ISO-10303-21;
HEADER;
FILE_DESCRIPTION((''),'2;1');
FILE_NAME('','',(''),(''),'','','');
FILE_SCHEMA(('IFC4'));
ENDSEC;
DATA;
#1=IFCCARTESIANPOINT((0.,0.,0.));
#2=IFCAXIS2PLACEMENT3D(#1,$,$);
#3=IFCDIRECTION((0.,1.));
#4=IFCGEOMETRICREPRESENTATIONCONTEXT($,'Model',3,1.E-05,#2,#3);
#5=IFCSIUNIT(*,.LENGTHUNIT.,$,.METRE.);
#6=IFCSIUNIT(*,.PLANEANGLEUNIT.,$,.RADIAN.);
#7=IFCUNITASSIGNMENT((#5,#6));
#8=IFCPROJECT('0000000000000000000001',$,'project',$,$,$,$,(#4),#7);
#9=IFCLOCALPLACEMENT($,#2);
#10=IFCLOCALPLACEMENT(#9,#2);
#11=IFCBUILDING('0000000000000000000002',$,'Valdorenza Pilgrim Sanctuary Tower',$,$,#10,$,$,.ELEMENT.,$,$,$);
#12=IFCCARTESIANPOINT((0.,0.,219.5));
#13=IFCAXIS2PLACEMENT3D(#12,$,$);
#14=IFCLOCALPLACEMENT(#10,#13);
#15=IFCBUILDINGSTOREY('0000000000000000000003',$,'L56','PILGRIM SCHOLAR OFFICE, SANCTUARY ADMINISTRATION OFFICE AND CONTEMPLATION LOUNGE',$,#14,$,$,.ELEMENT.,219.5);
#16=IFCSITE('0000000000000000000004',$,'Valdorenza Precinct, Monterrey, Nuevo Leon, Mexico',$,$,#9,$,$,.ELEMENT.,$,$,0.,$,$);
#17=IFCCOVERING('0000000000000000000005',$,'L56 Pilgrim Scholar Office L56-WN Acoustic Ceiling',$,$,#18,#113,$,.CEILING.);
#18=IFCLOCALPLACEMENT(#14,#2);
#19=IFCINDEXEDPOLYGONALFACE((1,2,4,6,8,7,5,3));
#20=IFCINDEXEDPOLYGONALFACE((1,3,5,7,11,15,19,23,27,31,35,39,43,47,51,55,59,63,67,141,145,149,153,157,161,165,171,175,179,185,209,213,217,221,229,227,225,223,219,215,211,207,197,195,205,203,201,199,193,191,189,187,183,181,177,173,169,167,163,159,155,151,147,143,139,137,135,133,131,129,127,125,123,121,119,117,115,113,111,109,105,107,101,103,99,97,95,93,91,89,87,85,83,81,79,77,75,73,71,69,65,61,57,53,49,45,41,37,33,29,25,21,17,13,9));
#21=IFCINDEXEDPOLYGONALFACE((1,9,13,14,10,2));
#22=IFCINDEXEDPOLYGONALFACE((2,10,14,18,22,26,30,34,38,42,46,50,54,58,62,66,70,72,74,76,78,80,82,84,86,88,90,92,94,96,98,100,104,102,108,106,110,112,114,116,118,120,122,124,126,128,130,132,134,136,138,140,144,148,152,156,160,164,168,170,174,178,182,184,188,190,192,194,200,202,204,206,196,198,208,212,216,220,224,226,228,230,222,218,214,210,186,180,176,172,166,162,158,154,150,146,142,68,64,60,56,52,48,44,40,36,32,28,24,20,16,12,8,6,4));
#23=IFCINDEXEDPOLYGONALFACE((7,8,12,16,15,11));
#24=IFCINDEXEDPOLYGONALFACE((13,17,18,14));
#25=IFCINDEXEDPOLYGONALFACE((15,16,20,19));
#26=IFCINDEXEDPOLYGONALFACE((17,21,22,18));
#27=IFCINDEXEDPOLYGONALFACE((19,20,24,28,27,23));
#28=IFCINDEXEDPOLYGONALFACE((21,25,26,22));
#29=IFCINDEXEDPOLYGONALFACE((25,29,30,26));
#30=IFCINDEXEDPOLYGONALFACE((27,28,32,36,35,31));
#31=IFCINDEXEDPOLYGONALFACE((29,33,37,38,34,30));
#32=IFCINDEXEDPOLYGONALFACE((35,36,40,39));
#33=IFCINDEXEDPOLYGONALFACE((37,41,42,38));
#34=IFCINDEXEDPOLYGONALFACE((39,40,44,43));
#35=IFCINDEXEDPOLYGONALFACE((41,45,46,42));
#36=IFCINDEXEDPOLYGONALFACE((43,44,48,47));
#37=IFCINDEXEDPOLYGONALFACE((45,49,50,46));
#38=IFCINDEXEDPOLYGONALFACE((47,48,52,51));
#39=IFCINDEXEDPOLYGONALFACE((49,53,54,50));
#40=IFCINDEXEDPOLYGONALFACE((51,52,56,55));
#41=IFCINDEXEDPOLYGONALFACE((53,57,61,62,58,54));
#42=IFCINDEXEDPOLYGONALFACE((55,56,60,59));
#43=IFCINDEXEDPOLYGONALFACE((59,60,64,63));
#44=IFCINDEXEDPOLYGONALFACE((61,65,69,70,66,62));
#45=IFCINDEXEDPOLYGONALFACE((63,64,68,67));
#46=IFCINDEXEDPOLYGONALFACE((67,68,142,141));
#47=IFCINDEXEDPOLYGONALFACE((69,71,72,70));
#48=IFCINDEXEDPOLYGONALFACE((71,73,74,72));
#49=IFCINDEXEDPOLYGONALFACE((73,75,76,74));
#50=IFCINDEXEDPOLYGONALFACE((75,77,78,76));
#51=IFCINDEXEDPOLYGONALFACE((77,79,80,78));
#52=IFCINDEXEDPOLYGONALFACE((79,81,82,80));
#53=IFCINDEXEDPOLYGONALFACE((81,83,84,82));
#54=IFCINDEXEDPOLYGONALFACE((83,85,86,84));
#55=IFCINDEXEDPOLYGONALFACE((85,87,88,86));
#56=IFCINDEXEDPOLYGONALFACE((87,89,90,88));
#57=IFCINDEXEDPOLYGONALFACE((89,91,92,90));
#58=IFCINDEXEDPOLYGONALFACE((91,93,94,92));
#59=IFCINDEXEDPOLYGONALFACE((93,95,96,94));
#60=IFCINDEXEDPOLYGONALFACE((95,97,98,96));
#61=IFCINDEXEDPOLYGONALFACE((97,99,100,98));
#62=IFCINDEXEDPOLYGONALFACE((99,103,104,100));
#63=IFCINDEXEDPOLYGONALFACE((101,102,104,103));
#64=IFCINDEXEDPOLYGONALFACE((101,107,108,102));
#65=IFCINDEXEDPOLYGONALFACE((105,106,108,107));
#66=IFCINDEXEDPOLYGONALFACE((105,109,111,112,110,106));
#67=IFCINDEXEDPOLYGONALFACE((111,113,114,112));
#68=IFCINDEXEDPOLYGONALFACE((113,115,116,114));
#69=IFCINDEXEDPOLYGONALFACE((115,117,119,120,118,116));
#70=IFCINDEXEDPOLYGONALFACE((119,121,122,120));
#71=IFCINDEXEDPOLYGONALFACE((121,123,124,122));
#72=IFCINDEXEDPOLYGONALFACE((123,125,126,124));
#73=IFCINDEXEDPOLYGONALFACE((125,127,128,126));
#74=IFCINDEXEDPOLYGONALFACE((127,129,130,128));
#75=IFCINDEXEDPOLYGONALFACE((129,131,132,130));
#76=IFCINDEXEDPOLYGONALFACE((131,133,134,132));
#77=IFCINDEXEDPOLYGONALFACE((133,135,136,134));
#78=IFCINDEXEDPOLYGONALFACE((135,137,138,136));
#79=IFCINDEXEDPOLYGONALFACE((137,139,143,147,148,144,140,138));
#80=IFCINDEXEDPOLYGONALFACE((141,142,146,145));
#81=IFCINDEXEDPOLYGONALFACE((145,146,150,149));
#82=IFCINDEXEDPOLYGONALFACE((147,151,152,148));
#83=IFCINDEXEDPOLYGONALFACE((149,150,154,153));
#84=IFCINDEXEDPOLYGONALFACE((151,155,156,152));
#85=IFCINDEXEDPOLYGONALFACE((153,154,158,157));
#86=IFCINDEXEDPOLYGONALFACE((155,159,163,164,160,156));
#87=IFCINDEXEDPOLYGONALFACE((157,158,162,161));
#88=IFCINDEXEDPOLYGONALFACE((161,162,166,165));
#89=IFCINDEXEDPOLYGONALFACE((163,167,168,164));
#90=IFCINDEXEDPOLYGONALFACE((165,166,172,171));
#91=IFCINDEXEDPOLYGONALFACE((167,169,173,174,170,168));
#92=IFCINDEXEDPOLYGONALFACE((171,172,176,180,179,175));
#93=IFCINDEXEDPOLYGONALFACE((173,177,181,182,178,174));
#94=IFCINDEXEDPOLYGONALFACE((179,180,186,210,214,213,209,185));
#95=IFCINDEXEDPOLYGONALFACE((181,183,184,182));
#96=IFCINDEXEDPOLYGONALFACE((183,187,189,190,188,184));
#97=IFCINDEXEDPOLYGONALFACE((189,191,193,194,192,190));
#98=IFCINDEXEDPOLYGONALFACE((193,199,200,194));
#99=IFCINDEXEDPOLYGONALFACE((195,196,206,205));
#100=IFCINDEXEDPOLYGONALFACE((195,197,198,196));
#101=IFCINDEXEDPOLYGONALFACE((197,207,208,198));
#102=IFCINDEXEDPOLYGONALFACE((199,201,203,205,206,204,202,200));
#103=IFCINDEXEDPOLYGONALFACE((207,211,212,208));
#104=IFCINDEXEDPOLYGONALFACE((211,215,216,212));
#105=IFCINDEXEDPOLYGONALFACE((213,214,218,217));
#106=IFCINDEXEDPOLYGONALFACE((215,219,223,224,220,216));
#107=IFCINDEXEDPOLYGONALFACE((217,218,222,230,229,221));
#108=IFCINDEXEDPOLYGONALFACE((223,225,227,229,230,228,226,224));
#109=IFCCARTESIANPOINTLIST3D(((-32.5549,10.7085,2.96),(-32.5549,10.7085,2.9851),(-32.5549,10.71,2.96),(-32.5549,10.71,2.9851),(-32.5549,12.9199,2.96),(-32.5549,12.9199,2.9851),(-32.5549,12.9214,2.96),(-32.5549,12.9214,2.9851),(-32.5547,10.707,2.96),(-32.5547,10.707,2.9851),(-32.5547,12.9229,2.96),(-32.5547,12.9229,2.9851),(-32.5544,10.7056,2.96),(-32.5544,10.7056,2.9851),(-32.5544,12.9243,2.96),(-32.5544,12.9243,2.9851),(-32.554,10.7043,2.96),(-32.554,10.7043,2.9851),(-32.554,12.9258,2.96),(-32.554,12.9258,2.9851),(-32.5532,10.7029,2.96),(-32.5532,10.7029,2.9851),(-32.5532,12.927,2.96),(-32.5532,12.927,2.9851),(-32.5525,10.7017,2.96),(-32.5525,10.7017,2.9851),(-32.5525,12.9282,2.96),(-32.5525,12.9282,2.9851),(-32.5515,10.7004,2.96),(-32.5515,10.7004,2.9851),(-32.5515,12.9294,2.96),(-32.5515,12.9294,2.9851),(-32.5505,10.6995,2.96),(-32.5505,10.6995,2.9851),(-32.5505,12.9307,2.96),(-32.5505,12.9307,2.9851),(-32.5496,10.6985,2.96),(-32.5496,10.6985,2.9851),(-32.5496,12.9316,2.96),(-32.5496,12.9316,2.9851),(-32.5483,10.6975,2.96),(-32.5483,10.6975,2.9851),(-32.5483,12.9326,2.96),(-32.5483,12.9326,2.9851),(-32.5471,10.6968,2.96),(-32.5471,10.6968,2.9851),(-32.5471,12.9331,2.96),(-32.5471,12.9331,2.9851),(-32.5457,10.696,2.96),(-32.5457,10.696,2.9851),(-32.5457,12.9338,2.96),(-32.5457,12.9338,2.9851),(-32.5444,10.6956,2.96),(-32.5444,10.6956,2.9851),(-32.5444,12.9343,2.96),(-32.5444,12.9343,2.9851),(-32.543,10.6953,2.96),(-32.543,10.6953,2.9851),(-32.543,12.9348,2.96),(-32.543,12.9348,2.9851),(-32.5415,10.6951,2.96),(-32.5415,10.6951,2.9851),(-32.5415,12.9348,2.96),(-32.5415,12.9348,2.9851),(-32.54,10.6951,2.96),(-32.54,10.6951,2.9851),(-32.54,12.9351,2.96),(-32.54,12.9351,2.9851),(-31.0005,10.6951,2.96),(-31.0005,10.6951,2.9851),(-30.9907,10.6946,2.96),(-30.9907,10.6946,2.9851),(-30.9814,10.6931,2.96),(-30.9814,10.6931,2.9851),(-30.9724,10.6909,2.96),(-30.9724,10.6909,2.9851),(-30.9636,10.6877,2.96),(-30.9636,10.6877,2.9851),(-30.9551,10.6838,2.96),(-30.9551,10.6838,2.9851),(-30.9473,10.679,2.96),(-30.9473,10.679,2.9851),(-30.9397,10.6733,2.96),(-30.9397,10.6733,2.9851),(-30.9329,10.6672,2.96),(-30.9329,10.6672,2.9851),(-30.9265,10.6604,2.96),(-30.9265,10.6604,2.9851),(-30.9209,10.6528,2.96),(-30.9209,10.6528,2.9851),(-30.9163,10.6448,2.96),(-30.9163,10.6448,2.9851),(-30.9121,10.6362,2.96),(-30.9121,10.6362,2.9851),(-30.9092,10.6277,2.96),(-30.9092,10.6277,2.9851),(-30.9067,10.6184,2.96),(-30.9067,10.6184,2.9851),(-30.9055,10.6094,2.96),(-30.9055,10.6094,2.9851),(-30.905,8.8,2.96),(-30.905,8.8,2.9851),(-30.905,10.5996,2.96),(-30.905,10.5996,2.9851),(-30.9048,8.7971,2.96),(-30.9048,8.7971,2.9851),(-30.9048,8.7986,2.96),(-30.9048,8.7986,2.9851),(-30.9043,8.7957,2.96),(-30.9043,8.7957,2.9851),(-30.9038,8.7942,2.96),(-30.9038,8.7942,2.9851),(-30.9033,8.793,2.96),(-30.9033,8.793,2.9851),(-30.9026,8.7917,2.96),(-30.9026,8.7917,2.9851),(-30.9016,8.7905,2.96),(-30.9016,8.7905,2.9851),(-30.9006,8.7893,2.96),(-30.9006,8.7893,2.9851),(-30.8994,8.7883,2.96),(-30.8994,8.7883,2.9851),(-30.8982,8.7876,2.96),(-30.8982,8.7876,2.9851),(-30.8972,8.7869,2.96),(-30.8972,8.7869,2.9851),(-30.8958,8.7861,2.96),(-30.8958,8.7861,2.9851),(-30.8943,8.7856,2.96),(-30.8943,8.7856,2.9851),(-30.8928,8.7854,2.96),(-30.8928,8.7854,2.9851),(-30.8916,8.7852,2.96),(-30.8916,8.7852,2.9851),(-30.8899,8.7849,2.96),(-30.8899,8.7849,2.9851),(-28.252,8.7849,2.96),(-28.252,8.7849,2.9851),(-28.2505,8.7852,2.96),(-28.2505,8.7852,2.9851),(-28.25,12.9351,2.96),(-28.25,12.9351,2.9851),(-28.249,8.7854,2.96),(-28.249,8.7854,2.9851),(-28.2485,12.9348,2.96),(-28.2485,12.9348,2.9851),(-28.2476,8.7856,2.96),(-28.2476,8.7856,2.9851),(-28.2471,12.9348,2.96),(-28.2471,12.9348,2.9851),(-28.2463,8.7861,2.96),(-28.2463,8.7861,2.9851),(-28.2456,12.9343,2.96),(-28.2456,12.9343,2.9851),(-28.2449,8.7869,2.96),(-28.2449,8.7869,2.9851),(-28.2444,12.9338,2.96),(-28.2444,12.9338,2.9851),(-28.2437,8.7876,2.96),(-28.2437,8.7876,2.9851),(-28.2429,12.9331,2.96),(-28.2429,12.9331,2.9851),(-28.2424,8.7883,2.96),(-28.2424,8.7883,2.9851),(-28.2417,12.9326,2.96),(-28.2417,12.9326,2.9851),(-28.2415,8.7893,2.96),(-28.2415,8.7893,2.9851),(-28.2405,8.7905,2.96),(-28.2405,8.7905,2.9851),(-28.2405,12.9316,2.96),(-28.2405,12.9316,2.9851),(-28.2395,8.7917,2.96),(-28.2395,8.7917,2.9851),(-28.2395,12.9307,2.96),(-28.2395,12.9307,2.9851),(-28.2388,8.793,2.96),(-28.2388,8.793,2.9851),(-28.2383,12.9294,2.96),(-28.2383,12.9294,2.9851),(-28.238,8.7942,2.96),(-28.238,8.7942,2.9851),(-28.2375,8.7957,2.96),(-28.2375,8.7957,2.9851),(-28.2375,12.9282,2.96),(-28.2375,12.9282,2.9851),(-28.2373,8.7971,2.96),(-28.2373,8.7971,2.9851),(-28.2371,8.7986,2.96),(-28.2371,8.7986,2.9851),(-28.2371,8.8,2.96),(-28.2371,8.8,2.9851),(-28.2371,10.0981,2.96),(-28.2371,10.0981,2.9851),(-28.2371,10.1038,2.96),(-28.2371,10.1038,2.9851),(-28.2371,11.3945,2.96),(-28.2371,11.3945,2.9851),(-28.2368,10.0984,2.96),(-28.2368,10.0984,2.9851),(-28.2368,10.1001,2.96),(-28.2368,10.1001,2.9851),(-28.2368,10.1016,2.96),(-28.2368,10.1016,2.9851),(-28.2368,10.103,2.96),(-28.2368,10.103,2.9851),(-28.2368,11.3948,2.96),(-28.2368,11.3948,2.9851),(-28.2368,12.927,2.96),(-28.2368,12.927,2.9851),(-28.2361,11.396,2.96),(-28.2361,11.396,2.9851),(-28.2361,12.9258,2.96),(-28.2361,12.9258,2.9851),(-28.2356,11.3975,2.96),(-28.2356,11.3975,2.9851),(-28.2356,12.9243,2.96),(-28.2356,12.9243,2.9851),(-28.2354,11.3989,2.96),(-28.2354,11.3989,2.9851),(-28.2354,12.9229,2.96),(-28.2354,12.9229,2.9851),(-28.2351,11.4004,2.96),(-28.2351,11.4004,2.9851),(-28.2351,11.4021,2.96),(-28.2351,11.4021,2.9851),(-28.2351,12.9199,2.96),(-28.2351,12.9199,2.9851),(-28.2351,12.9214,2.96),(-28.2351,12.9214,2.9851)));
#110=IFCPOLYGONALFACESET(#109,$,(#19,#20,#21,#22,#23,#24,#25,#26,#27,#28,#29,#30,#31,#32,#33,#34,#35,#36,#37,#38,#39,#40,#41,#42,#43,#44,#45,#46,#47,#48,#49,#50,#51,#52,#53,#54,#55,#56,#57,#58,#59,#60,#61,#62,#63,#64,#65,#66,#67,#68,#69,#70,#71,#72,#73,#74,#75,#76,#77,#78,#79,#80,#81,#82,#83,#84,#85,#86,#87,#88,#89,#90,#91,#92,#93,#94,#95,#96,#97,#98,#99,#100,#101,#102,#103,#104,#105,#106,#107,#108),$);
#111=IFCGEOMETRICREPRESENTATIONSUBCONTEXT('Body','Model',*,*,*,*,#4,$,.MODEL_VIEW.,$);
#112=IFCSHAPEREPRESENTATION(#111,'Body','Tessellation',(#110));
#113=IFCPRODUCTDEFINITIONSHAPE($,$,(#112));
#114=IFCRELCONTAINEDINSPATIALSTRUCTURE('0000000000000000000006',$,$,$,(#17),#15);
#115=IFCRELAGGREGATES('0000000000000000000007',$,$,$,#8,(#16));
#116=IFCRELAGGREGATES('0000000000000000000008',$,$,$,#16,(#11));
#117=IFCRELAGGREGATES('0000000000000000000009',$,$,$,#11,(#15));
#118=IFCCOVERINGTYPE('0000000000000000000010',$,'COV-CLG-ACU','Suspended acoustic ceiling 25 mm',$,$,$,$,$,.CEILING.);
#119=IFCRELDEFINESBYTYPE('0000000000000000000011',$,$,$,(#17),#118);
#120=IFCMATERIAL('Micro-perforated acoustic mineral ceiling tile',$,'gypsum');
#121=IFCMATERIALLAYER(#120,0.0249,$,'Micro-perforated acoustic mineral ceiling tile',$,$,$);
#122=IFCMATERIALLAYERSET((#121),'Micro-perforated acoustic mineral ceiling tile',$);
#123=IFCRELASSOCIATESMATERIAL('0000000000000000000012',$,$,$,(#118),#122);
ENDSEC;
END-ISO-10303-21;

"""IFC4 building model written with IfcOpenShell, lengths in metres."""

from ifc_helpers import new_model, si_unit, direction, frame, origin, place, context, subcontext, project, spatial, polyline, outline, extrude, material, layer, layer_set, type_object, element, save


model = new_model("IFC4")

# Units and contexts
model_context = context("Model", 3, precision=1e-05, world=origin(), true_north=direction((0.0, 1.0)))
body_context = subcontext(model_context, "Body", "Model", "MODEL_VIEW")
ifc_project = project(units=[si_unit("LENGTHUNIT", "METRE"), si_unit("PLANEANGLEUNIT", "RADIAN")], contexts=[model_context])

# Site, building, storey
site_placement = place(None, origin())
site = spatial("IfcSite", under=ifc_project, at=site_placement, Name="Valdorenza Precinct, Monterrey, Nuevo Leon, Mexico", CompositionType="ELEMENT", RefElevation=0.0)
building_placement = place(site_placement, origin())
building = spatial("IfcBuilding", under=site, at=building_placement, Name="Valdorenza Pilgrim Sanctuary Tower", CompositionType="ELEMENT")
storey_placement = place(building_placement, frame((0.0, 0.0, 219.5)))
storey = spatial("IfcBuildingStorey", under=building, at=storey_placement, Name="L56", Description="PILGRIM SCHOLAR OFFICE, SANCTUARY ADMINISTRATION OFFICE AND CONTEMPLATION LOUNGE", CompositionType="ELEMENT", Elevation=219.5)

# Covering
ifc_material_1 = material(Name="Micro-perforated acoustic mineral ceiling tile", Category="gypsum")
ifc_layer_1 = layer(ifc_material_1, 0.0249, Name="Micro-perforated acoustic mineral ceiling tile")
ifc_layer_set_1 = layer_set([ifc_layer_1], Name="Micro-perforated acoustic mineral ceiling tile")
covering_type_1 = type_object("IfcCoveringType", Name="COV-CLG-ACU", Description="Suspended acoustic ceiling 25 mm", PredefinedType="CEILING", material=ifc_layer_set_1)
covering_1_placement = place(storey_placement, frame((0.0, 0.0, 2.96)))
element("IfcCovering", 1, at=covering_1_placement, inside=storey, type_object=covering_type_1, Name="L56 Pilgrim Scholar Office L56-WN Acoustic Ceiling", PredefinedType="CEILING", context=body_context, shape_type="SweptSolid", body=[
    extrude(outline(polyline([(-28.2371, 11.3945), (-28.2371, 10.1038), (-28.2368, 10.103), (-28.2368, 10.1016), (-28.2368, 10.1001), (-28.2368, 10.0984), (-28.2371, 10.0981), (-28.2371, 8.8), (-28.2371, 8.7986), (-28.2373, 8.7971), (-28.2375, 8.7957), (-28.238, 8.7942), (-28.2388, 8.793), (-28.2395, 8.7917), (-28.2405, 8.7905), (-28.2415, 8.7893), (-28.2424, 8.7883), (-28.2437, 8.7876), (-28.2449, 8.7869), (-28.2463, 8.7861), (-28.2476, 8.7856), (-28.249, 8.7854), (-28.2505, 8.7852), (-28.252, 8.7849), (-30.8899, 8.7849), (-30.8916, 8.7852), (-30.8928, 8.7854), (-30.8943, 8.7856), (-30.8958, 8.7861), (-30.8972, 8.7869), (-30.8982, 8.7876), (-30.8994, 8.7883), (-30.9006, 8.7893), (-30.9016, 8.7905), (-30.9026, 8.7917), (-30.9033, 8.793), (-30.9038, 8.7942), (-30.9043, 8.7957), (-30.9048, 8.7971), (-30.9048, 8.7986), (-30.905, 8.8), (-30.905, 10.5996), (-30.9055, 10.6094), (-30.9067, 10.6184), (-30.9092, 10.6277), (-30.9121, 10.6362), (-30.9163, 10.6448), (-30.9209, 10.6528), (-30.9265, 10.6604), (-30.9329, 10.6672), (-30.9397, 10.6733), (-30.9473, 10.679), (-30.9551, 10.6838), (-30.9636, 10.6877), (-30.9724, 10.6909), (-30.9814, 10.6931), (-30.9907, 10.6946), (-31.0005, 10.6951), (-32.54, 10.6951), (-32.5415, 10.6951), (-32.543, 10.6953), (-32.5444, 10.6956), (-32.5457, 10.696), (-32.5471, 10.6968), (-32.5483, 10.6975), (-32.5496, 10.6985), (-32.5505, 10.6995), (-32.5515, 10.7004), (-32.5525, 10.7017), (-32.5532, 10.7029), (-32.554, 10.7043), (-32.5544, 10.7056), (-32.5547, 10.707), (-32.5549, 10.7085), (-32.5549, 10.71), (-32.5549, 12.9199), (-32.5549, 12.9214), (-32.5547, 12.9229), (-32.5544, 12.9243), (-32.554, 12.9258), (-32.5532, 12.927), (-32.5525, 12.9282), (-32.5515, 12.9294), (-32.5505, 12.9307), (-32.5496, 12.9316), (-32.5483, 12.9326), (-32.5471, 12.9331), (-32.5457, 12.9338), (-32.5444, 12.9343), (-32.543, 12.9348), (-32.5415, 12.9348), (-32.54, 12.9351), (-28.25, 12.9351), (-28.2485, 12.9348), (-28.2471, 12.9348), (-28.2456, 12.9343), (-28.2444, 12.9338), (-28.2429, 12.9331), (-28.2417, 12.9326), (-28.2405, 12.9316), (-28.2395, 12.9307), (-28.2383, 12.9294), (-28.2375, 12.9282), (-28.2368, 12.927), (-28.2361, 12.9258), (-28.2356, 12.9243), (-28.2354, 12.9229), (-28.2351, 12.9214), (-28.2351, 12.9199), (-28.2351, 11.4021), (-28.2351, 11.4004), (-28.2354, 11.3989), (-28.2356, 11.3975), (-28.2361, 11.396), (-28.2368, 11.3948), (-28.2371, 11.3945)])), origin(), (0.0, 0.0, 1.0), 0.0251),
])

save(model, "model.ifc")
